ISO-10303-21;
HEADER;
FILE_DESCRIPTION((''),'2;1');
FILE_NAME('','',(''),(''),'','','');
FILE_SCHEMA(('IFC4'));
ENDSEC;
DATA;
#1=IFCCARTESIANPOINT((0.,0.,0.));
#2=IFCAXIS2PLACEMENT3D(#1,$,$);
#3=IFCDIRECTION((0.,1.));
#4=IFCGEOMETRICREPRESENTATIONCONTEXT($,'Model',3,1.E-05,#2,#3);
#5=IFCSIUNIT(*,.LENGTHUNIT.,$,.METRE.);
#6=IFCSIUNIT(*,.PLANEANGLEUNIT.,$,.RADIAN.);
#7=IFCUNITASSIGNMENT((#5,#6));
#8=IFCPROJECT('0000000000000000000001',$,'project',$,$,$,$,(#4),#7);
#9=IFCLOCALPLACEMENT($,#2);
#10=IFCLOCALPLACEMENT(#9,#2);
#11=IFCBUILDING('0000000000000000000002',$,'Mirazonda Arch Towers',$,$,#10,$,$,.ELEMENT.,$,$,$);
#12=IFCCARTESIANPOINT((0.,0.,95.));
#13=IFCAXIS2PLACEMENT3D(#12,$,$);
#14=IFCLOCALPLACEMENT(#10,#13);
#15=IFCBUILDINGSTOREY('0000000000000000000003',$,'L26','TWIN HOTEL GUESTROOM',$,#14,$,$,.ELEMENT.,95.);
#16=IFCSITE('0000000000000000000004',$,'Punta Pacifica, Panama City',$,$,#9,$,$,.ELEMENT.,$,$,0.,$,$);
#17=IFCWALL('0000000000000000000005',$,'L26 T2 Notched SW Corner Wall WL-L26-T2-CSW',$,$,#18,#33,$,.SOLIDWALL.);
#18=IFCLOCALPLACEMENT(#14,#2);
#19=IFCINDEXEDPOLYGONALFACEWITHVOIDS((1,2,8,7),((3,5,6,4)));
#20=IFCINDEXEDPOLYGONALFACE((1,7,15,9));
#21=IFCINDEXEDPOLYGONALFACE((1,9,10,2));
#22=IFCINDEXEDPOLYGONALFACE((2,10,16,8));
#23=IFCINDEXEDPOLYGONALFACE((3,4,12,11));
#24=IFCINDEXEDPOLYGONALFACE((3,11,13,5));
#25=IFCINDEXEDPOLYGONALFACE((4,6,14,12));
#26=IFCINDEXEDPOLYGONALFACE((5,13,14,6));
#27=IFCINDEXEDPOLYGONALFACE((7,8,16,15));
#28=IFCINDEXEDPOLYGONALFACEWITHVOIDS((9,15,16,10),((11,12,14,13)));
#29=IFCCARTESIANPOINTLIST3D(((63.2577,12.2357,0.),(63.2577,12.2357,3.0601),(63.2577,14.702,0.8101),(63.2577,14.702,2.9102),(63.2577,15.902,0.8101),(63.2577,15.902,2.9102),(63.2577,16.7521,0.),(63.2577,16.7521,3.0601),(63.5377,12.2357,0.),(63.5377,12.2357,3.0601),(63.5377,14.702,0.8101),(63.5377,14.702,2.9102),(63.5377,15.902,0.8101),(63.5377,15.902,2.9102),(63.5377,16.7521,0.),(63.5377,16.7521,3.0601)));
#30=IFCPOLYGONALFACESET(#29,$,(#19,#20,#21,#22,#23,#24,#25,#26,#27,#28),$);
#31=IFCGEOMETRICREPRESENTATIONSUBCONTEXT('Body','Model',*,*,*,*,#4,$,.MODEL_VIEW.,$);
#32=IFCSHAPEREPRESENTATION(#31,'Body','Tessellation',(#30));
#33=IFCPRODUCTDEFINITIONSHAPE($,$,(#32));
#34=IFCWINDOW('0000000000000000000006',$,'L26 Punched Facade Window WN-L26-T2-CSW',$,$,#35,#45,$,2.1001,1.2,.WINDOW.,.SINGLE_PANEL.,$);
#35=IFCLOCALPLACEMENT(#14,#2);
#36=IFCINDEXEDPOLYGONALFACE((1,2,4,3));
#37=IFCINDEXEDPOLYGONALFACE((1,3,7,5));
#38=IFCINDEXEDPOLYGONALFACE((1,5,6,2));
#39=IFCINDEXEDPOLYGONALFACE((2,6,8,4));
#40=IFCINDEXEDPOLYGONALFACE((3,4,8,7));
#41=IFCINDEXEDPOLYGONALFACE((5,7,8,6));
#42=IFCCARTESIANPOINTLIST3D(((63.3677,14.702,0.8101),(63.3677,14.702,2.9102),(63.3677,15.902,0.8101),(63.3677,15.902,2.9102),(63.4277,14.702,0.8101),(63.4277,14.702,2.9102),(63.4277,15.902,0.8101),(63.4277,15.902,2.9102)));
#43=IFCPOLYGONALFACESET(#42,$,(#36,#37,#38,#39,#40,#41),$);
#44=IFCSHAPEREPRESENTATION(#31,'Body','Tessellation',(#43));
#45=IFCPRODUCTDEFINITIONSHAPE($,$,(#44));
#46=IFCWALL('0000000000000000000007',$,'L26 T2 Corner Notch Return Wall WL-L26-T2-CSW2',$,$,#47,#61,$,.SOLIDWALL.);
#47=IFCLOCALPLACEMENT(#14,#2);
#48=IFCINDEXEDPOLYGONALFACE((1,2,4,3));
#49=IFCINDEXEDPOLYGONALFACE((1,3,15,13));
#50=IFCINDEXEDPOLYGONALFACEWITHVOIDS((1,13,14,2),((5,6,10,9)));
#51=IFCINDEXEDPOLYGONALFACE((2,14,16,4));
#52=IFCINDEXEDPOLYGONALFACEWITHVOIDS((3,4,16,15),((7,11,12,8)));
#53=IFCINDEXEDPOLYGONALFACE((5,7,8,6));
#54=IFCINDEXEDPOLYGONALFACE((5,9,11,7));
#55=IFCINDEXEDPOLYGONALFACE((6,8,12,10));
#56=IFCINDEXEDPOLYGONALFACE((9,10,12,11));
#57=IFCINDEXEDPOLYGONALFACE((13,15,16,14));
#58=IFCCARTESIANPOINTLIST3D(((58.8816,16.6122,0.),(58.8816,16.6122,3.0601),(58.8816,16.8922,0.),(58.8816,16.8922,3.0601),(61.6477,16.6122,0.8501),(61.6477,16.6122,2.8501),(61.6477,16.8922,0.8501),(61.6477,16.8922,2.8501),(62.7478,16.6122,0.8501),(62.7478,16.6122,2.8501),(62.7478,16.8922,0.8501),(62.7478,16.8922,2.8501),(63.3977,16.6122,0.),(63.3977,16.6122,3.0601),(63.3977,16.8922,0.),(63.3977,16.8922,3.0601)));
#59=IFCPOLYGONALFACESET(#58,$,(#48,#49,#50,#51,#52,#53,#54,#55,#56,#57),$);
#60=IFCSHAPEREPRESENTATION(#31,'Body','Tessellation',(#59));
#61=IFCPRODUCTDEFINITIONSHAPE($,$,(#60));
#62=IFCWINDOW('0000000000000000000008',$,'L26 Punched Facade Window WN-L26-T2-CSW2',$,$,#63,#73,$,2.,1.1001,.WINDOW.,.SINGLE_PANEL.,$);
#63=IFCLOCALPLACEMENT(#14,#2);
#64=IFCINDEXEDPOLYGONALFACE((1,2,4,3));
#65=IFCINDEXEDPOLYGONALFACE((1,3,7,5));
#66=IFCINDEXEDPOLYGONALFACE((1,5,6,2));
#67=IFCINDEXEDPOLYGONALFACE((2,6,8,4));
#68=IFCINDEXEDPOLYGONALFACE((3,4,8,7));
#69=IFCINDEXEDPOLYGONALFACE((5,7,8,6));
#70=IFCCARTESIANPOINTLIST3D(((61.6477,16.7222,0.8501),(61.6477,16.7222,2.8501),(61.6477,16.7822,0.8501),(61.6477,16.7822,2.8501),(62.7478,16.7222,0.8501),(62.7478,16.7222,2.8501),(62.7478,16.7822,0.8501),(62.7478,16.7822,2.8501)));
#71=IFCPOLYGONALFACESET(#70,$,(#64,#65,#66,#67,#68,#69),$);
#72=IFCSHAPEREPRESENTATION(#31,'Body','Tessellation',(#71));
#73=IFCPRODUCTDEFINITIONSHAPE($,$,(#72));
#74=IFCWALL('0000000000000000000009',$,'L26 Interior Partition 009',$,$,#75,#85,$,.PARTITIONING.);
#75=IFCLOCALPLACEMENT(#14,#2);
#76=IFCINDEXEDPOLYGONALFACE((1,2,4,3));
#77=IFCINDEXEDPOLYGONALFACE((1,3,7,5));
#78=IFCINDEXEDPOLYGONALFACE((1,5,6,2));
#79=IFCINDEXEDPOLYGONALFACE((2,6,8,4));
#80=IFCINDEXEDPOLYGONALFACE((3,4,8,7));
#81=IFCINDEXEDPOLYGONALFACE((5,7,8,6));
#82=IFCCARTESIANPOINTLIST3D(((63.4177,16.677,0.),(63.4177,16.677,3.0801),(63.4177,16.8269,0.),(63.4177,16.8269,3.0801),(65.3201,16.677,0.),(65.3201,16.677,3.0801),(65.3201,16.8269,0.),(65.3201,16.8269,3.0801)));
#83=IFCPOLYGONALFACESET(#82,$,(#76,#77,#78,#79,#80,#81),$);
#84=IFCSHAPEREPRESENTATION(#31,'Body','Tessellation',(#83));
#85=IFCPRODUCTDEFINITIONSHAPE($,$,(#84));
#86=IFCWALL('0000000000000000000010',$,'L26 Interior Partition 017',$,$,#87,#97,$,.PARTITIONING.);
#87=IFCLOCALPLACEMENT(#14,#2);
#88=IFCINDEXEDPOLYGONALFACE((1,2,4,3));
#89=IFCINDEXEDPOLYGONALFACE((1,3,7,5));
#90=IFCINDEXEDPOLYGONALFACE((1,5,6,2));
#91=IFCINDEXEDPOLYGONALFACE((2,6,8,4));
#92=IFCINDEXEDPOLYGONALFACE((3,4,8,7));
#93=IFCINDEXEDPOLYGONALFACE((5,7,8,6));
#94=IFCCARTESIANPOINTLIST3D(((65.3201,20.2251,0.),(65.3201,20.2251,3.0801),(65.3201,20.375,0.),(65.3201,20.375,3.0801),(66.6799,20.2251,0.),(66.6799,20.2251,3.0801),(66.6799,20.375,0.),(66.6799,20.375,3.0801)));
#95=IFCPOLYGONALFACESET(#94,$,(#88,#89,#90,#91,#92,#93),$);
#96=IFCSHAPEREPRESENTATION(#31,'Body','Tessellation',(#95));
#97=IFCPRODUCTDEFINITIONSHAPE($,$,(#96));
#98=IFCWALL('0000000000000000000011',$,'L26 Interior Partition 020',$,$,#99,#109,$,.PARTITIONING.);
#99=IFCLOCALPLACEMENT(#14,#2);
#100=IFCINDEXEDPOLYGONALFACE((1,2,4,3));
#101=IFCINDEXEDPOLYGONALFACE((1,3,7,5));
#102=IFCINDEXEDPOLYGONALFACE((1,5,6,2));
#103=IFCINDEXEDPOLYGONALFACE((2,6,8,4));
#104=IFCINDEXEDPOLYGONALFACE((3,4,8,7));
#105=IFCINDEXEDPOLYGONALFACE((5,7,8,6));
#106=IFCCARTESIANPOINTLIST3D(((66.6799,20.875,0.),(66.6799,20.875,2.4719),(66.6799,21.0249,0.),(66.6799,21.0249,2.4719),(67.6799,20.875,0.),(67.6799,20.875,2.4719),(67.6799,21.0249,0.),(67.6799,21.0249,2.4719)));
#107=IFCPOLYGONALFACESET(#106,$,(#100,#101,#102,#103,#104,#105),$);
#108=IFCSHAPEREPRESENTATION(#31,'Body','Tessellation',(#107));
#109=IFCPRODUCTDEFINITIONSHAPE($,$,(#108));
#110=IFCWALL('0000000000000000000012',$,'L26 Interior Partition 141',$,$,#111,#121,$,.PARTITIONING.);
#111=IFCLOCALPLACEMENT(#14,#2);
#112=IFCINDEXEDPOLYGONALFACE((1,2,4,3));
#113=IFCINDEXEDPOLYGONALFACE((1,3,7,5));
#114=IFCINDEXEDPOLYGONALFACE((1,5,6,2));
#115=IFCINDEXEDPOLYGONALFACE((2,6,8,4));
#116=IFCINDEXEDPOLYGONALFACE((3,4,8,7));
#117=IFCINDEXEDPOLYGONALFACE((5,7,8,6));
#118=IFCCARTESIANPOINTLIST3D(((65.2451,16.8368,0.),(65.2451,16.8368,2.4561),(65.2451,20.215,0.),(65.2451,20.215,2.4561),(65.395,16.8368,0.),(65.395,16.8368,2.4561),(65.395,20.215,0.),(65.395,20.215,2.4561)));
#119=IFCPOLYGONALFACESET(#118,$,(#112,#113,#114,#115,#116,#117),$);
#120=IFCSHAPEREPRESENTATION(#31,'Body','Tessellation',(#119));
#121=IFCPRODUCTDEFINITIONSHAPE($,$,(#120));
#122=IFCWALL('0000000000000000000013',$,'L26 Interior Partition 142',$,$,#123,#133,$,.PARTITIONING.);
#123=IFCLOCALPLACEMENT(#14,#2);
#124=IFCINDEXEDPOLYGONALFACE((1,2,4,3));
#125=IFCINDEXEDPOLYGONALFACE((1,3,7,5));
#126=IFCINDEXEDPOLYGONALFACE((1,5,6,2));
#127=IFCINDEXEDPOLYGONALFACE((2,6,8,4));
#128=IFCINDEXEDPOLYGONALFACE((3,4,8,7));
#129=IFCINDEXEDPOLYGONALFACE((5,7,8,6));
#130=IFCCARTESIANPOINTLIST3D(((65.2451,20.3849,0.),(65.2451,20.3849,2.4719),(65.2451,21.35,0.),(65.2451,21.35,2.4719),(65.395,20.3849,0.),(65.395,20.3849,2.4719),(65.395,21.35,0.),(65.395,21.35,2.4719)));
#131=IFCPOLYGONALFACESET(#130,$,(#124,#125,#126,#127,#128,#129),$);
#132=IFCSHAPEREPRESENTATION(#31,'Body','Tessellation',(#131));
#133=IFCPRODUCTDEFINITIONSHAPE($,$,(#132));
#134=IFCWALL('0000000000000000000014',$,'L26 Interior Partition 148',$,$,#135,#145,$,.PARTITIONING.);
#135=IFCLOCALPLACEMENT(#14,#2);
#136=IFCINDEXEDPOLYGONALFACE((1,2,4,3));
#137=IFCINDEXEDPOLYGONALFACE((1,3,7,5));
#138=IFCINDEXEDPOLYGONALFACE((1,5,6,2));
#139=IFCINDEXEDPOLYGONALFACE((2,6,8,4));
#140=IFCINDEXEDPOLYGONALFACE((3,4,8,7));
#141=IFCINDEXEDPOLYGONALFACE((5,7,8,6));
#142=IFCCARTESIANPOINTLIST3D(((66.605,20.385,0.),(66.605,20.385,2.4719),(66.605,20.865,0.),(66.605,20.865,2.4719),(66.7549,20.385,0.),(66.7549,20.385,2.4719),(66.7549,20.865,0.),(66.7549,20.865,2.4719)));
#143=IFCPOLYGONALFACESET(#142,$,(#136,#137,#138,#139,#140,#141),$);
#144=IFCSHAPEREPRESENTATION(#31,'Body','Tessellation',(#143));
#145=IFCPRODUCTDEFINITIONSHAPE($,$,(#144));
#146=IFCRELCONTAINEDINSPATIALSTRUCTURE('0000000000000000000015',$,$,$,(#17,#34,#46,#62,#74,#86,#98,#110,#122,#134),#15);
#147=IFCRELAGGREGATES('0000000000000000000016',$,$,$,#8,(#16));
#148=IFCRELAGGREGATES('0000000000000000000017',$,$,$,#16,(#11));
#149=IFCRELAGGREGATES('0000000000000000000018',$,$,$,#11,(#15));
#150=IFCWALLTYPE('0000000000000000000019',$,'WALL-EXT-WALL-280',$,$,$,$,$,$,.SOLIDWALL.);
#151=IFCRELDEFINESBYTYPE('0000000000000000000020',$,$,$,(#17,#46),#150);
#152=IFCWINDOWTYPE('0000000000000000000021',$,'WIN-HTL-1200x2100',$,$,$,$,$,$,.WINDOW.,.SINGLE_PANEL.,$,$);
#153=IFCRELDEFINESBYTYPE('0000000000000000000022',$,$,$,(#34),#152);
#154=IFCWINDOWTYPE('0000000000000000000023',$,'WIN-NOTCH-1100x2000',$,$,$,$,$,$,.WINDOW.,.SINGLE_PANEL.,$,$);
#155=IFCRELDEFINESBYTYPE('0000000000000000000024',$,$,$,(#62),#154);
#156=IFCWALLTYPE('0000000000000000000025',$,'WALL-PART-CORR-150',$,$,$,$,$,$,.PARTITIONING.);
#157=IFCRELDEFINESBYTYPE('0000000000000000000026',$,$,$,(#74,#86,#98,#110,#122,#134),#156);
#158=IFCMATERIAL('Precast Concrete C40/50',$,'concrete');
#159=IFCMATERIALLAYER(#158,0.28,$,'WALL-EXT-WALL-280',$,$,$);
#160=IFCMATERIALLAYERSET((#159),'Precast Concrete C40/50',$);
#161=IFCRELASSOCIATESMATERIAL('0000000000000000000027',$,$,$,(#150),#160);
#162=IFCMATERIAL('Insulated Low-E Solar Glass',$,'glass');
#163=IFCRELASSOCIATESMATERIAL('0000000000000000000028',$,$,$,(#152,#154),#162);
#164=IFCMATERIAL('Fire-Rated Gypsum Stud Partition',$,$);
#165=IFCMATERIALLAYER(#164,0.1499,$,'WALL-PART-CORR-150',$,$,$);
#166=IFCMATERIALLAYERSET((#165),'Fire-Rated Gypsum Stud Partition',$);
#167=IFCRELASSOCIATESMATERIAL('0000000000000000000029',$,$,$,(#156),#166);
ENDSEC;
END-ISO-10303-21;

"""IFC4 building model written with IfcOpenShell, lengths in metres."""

from ifc_helpers import new_model, si_unit, direction, frame, frame_2d, origin, place, context, subcontext, project, spatial, rectangle, extrude, material, layer, layer_set, type_object, element, fill, save


model = new_model("IFC4")

# Units and contexts
model_context = context("Model", 3, precision=1e-05, world=origin(), true_north=direction((0.0, 1.0)))
body_context = subcontext(model_context, "Body", "Model", "MODEL_VIEW")
ifc_project = project(units=[si_unit("LENGTHUNIT", "METRE"), si_unit("PLANEANGLEUNIT", "RADIAN")], contexts=[model_context])

# Site, building, storey
site_placement = place(None, origin())
site = spatial("IfcSite", under=ifc_project, at=site_placement, Name="Punta Pacifica, Panama City", CompositionType="ELEMENT", RefElevation=0.0)
building_placement = place(site_placement, origin())
building = spatial("IfcBuilding", under=site, at=building_placement, Name="Mirazonda Arch Towers", CompositionType="ELEMENT")
storey_placement = place(building_placement, frame((0.0, 0.0, 95.0)))
storey = spatial("IfcBuildingStorey", under=building, at=storey_placement, Name="L26", Description="TWIN HOTEL GUESTROOM", CompositionType="ELEMENT", Elevation=95.0)

# Shared definitions
ifc_material_1 = material(Name="Insulated Low-E Solar Glass", Category="glass")

# Walls, openings, windows
ifc_material_2 = material(Name="Precast Concrete C40/50", Category="concrete")
ifc_layer_1 = layer(ifc_material_2, 0.28, Name="WALL-EXT-WALL-280")
ifc_layer_set_1 = layer_set([ifc_layer_1], Name="Precast Concrete C40/50")
wall_type_1 = type_object("IfcWallType", Name="WALL-EXT-WALL-280", PredefinedType="SOLIDWALL", material=ifc_layer_set_1)
wall_1_placement = place(storey_placement, frame((63.3977, 16.7522, 0.0), z_axis=(0.0, 0.0, 1.0), x_axis=(0.0, -1.0, 0.0)))
wall_1 = element("IfcWall", 1, at=wall_1_placement, inside=storey, type_object=wall_type_1, Name="L26 T2 Notched SW Corner Wall WL-L26-T2-CSW", PredefinedType="SOLIDWALL", context=body_context, shape_type="SweptSolid", body=[
    extrude(rectangle(XDim=4.5164, YDim=0.28, at=frame_2d((2.2583, 0.0))), origin(), (0.0, 0.0, 1.0), 3.0601),
])
opening_1_placement = place(wall_1_placement, frame((0.8501, 0.0, 0.8101)))
opening_1 = element("IfcOpeningElement", 2, at=opening_1_placement, cuts=wall_1, PredefinedType="OPENING", context=body_context, shape_type="SweptSolid", body=[
    extrude(rectangle(XDim=1.2, YDim=2.1001, at=frame_2d((0.6001, 1.05))), frame((0.0, 0.1499, 0.0), z_axis=(0.0, -1.0, 0.0), x_axis=(1.0, 0.0, 0.0)), (0.0, 0.0, 1.0), 0.3),
])
window_type_1 = type_object("IfcWindowType", Name="WIN-HTL-1200x2100", PartitioningType="SINGLE_PANEL", PredefinedType="WINDOW", material=ifc_material_1)
window_1_placement = place(opening_1_placement, origin())
window_1 = element("IfcWindow", 3, at=window_1_placement, inside=storey, type_object=window_type_1, Name="L26 Punched Facade Window WN-L26-T2-CSW", OverallHeight=2.1001, OverallWidth=1.2, PartitioningType="SINGLE_PANEL", PredefinedType="WINDOW", context=body_context, shape_type="SweptSolid", body=[
    extrude(rectangle(XDim=1.2, YDim=2.1001, at=frame_2d((0.6001, 1.05))), frame((0.0, 0.03, 0.0), z_axis=(0.0, -1.0, 0.0), x_axis=(1.0, 0.0, 0.0)), (0.0, 0.0, 1.0), 0.0601),
])
fill(opening_1, window_1)
wall_2_placement = place(storey_placement, frame((58.8816, 16.7522, 0.0), z_axis=(0.0, 0.0, 1.0), x_axis=(1.0, 0.0, 0.0)))
wall_2 = element("IfcWall", 4, at=wall_2_placement, inside=storey, type_object=wall_type_1, Name="L26 T2 Corner Notch Return Wall WL-L26-T2-CSW2", PredefinedType="SOLIDWALL", context=body_context, shape_type="SweptSolid", body=[
    extrude(rectangle(XDim=4.5161, YDim=0.28, at=frame_2d((2.2581, 0.0))), origin(), (0.0, 0.0, 1.0), 3.0601),
])
opening_2_placement = place(wall_2_placement, frame((2.7661, 0.0, 0.8501)))
opening_2 = element("IfcOpeningElement", 5, at=opening_2_placement, cuts=wall_2, PredefinedType="OPENING", context=body_context, shape_type="SweptSolid", body=[
    extrude(rectangle(XDim=1.1001, YDim=2.0, at=frame_2d((0.55, 1.0))), frame((0.0, 0.1499, 0.0), z_axis=(0.0, -1.0, 0.0), x_axis=(1.0, 0.0, 0.0)), (0.0, 0.0, 1.0), 0.3),
])
window_type_2 = type_object("IfcWindowType", Name="WIN-NOTCH-1100x2000", PartitioningType="SINGLE_PANEL", PredefinedType="WINDOW", material=ifc_material_1)
window_2_placement = place(opening_2_placement, origin())
window_2 = element("IfcWindow", 6, at=window_2_placement, inside=storey, type_object=window_type_2, Name="L26 Punched Facade Window WN-L26-T2-CSW2", OverallHeight=2.0, OverallWidth=1.1001, PartitioningType="SINGLE_PANEL", PredefinedType="WINDOW", context=body_context, shape_type="SweptSolid", body=[
    extrude(rectangle(XDim=1.1001, YDim=2.0, at=frame_2d((0.55, 1.0))), frame((0.0, 0.03, 0.0), z_axis=(0.0, -1.0, 0.0), x_axis=(1.0, 0.0, 0.0)), (0.0, 0.0, 1.0), 0.0601),
])
fill(opening_2, window_2)

# Walls
ifc_material_3 = material(Name="Fire-Rated Gypsum Stud Partition")
ifc_layer_2 = layer(ifc_material_3, 0.1499, Name="WALL-PART-CORR-150")
ifc_layer_set_2 = layer_set([ifc_layer_2], Name="Fire-Rated Gypsum Stud Partition")
wall_type_2 = type_object("IfcWallType", Name="WALL-PART-CORR-150", PredefinedType="PARTITIONING", material=ifc_layer_set_2)
wall_3_placement = place(storey_placement, frame((63.4177, 16.752, 0.0), z_axis=(0.0, 0.0, 1.0), x_axis=(1.0, 0.0, 0.0)))
element("IfcWall", 7, at=wall_3_placement, inside=storey, type_object=wall_type_2, Name="L26 Interior Partition 009", PredefinedType="PARTITIONING", context=body_context, shape_type="SweptSolid", body=[
    extrude(rectangle(XDim=1.9023, YDim=0.1499, at=frame_2d((0.9512, 0.0))), origin(), (0.0, 0.0, 1.0), 3.0801),
])
wall_4_placement = place(storey_placement, frame((65.3201, 20.3, 0.0), z_axis=(0.0, 0.0, 1.0), x_axis=(1.0, 0.0, 0.0)))
element("IfcWall", 8, at=wall_4_placement, inside=storey, type_object=wall_type_2, Name="L26 Interior Partition 017", PredefinedType="PARTITIONING", context=body_context, shape_type="SweptSolid", body=[
    extrude(rectangle(XDim=1.3599, YDim=0.1499, at=frame_2d((0.6799, 0.0))), origin(), (0.0, 0.0, 1.0), 3.0801),
])
wall_5_placement = place(storey_placement, frame((66.6799, 20.95, 0.0), z_axis=(0.0, 0.0, 1.0), x_axis=(1.0, 0.0, 0.0)))
element("IfcWall", 9, at=wall_5_placement, inside=storey, type_object=wall_type_2, Name="L26 Interior Partition 020", PredefinedType="PARTITIONING", context=body_context, shape_type="SweptSolid", body=[
    extrude(rectangle(XDim=1.0, YDim=0.1499, at=frame_2d((0.5, 0.0))), origin(), (0.0, 0.0, 1.0), 2.4719),
])
wall_6_placement = place(storey_placement, frame((65.3201, 16.8369, 0.0), z_axis=(0.0, 0.0, 1.0), x_axis=(0.0, 1.0, 0.0)))
element("IfcWall", 10, at=wall_6_placement, inside=storey, type_object=wall_type_2, Name="L26 Interior Partition 141", PredefinedType="PARTITIONING", context=body_context, shape_type="SweptSolid", body=[
    extrude(rectangle(XDim=3.3782, YDim=0.1499, at=frame_2d((1.689, 0.0))), origin(), (0.0, 0.0, 1.0), 2.4561),
])
wall_7_placement = place(storey_placement, frame((65.3201, 20.385, 0.0), z_axis=(0.0, 0.0, 1.0), x_axis=(0.0, 1.0, 0.0)))
element("IfcWall", 11, at=wall_7_placement, inside=storey, type_object=wall_type_2, Name="L26 Interior Partition 142", PredefinedType="PARTITIONING", context=body_context, shape_type="SweptSolid", body=[
    extrude(rectangle(XDim=0.9651, YDim=0.1499, at=frame_2d((0.4824, 0.0))), origin(), (0.0, 0.0, 1.0), 2.4719),
])
wall_8_placement = place(storey_placement, frame((66.6799, 20.385, 0.0), z_axis=(0.0, 0.0, 1.0), x_axis=(0.0, 1.0, 0.0)))
element("IfcWall", 12, at=wall_8_placement, inside=storey, type_object=wall_type_2, Name="L26 Interior Partition 148", PredefinedType="PARTITIONING", context=body_context, shape_type="SweptSolid", body=[
    extrude(rectangle(XDim=0.48, YDim=0.1499, at=frame_2d((0.24, 0.0))), origin(), (0.0, 0.0, 1.0), 2.4719),
])

save(model, "model.ifc")
